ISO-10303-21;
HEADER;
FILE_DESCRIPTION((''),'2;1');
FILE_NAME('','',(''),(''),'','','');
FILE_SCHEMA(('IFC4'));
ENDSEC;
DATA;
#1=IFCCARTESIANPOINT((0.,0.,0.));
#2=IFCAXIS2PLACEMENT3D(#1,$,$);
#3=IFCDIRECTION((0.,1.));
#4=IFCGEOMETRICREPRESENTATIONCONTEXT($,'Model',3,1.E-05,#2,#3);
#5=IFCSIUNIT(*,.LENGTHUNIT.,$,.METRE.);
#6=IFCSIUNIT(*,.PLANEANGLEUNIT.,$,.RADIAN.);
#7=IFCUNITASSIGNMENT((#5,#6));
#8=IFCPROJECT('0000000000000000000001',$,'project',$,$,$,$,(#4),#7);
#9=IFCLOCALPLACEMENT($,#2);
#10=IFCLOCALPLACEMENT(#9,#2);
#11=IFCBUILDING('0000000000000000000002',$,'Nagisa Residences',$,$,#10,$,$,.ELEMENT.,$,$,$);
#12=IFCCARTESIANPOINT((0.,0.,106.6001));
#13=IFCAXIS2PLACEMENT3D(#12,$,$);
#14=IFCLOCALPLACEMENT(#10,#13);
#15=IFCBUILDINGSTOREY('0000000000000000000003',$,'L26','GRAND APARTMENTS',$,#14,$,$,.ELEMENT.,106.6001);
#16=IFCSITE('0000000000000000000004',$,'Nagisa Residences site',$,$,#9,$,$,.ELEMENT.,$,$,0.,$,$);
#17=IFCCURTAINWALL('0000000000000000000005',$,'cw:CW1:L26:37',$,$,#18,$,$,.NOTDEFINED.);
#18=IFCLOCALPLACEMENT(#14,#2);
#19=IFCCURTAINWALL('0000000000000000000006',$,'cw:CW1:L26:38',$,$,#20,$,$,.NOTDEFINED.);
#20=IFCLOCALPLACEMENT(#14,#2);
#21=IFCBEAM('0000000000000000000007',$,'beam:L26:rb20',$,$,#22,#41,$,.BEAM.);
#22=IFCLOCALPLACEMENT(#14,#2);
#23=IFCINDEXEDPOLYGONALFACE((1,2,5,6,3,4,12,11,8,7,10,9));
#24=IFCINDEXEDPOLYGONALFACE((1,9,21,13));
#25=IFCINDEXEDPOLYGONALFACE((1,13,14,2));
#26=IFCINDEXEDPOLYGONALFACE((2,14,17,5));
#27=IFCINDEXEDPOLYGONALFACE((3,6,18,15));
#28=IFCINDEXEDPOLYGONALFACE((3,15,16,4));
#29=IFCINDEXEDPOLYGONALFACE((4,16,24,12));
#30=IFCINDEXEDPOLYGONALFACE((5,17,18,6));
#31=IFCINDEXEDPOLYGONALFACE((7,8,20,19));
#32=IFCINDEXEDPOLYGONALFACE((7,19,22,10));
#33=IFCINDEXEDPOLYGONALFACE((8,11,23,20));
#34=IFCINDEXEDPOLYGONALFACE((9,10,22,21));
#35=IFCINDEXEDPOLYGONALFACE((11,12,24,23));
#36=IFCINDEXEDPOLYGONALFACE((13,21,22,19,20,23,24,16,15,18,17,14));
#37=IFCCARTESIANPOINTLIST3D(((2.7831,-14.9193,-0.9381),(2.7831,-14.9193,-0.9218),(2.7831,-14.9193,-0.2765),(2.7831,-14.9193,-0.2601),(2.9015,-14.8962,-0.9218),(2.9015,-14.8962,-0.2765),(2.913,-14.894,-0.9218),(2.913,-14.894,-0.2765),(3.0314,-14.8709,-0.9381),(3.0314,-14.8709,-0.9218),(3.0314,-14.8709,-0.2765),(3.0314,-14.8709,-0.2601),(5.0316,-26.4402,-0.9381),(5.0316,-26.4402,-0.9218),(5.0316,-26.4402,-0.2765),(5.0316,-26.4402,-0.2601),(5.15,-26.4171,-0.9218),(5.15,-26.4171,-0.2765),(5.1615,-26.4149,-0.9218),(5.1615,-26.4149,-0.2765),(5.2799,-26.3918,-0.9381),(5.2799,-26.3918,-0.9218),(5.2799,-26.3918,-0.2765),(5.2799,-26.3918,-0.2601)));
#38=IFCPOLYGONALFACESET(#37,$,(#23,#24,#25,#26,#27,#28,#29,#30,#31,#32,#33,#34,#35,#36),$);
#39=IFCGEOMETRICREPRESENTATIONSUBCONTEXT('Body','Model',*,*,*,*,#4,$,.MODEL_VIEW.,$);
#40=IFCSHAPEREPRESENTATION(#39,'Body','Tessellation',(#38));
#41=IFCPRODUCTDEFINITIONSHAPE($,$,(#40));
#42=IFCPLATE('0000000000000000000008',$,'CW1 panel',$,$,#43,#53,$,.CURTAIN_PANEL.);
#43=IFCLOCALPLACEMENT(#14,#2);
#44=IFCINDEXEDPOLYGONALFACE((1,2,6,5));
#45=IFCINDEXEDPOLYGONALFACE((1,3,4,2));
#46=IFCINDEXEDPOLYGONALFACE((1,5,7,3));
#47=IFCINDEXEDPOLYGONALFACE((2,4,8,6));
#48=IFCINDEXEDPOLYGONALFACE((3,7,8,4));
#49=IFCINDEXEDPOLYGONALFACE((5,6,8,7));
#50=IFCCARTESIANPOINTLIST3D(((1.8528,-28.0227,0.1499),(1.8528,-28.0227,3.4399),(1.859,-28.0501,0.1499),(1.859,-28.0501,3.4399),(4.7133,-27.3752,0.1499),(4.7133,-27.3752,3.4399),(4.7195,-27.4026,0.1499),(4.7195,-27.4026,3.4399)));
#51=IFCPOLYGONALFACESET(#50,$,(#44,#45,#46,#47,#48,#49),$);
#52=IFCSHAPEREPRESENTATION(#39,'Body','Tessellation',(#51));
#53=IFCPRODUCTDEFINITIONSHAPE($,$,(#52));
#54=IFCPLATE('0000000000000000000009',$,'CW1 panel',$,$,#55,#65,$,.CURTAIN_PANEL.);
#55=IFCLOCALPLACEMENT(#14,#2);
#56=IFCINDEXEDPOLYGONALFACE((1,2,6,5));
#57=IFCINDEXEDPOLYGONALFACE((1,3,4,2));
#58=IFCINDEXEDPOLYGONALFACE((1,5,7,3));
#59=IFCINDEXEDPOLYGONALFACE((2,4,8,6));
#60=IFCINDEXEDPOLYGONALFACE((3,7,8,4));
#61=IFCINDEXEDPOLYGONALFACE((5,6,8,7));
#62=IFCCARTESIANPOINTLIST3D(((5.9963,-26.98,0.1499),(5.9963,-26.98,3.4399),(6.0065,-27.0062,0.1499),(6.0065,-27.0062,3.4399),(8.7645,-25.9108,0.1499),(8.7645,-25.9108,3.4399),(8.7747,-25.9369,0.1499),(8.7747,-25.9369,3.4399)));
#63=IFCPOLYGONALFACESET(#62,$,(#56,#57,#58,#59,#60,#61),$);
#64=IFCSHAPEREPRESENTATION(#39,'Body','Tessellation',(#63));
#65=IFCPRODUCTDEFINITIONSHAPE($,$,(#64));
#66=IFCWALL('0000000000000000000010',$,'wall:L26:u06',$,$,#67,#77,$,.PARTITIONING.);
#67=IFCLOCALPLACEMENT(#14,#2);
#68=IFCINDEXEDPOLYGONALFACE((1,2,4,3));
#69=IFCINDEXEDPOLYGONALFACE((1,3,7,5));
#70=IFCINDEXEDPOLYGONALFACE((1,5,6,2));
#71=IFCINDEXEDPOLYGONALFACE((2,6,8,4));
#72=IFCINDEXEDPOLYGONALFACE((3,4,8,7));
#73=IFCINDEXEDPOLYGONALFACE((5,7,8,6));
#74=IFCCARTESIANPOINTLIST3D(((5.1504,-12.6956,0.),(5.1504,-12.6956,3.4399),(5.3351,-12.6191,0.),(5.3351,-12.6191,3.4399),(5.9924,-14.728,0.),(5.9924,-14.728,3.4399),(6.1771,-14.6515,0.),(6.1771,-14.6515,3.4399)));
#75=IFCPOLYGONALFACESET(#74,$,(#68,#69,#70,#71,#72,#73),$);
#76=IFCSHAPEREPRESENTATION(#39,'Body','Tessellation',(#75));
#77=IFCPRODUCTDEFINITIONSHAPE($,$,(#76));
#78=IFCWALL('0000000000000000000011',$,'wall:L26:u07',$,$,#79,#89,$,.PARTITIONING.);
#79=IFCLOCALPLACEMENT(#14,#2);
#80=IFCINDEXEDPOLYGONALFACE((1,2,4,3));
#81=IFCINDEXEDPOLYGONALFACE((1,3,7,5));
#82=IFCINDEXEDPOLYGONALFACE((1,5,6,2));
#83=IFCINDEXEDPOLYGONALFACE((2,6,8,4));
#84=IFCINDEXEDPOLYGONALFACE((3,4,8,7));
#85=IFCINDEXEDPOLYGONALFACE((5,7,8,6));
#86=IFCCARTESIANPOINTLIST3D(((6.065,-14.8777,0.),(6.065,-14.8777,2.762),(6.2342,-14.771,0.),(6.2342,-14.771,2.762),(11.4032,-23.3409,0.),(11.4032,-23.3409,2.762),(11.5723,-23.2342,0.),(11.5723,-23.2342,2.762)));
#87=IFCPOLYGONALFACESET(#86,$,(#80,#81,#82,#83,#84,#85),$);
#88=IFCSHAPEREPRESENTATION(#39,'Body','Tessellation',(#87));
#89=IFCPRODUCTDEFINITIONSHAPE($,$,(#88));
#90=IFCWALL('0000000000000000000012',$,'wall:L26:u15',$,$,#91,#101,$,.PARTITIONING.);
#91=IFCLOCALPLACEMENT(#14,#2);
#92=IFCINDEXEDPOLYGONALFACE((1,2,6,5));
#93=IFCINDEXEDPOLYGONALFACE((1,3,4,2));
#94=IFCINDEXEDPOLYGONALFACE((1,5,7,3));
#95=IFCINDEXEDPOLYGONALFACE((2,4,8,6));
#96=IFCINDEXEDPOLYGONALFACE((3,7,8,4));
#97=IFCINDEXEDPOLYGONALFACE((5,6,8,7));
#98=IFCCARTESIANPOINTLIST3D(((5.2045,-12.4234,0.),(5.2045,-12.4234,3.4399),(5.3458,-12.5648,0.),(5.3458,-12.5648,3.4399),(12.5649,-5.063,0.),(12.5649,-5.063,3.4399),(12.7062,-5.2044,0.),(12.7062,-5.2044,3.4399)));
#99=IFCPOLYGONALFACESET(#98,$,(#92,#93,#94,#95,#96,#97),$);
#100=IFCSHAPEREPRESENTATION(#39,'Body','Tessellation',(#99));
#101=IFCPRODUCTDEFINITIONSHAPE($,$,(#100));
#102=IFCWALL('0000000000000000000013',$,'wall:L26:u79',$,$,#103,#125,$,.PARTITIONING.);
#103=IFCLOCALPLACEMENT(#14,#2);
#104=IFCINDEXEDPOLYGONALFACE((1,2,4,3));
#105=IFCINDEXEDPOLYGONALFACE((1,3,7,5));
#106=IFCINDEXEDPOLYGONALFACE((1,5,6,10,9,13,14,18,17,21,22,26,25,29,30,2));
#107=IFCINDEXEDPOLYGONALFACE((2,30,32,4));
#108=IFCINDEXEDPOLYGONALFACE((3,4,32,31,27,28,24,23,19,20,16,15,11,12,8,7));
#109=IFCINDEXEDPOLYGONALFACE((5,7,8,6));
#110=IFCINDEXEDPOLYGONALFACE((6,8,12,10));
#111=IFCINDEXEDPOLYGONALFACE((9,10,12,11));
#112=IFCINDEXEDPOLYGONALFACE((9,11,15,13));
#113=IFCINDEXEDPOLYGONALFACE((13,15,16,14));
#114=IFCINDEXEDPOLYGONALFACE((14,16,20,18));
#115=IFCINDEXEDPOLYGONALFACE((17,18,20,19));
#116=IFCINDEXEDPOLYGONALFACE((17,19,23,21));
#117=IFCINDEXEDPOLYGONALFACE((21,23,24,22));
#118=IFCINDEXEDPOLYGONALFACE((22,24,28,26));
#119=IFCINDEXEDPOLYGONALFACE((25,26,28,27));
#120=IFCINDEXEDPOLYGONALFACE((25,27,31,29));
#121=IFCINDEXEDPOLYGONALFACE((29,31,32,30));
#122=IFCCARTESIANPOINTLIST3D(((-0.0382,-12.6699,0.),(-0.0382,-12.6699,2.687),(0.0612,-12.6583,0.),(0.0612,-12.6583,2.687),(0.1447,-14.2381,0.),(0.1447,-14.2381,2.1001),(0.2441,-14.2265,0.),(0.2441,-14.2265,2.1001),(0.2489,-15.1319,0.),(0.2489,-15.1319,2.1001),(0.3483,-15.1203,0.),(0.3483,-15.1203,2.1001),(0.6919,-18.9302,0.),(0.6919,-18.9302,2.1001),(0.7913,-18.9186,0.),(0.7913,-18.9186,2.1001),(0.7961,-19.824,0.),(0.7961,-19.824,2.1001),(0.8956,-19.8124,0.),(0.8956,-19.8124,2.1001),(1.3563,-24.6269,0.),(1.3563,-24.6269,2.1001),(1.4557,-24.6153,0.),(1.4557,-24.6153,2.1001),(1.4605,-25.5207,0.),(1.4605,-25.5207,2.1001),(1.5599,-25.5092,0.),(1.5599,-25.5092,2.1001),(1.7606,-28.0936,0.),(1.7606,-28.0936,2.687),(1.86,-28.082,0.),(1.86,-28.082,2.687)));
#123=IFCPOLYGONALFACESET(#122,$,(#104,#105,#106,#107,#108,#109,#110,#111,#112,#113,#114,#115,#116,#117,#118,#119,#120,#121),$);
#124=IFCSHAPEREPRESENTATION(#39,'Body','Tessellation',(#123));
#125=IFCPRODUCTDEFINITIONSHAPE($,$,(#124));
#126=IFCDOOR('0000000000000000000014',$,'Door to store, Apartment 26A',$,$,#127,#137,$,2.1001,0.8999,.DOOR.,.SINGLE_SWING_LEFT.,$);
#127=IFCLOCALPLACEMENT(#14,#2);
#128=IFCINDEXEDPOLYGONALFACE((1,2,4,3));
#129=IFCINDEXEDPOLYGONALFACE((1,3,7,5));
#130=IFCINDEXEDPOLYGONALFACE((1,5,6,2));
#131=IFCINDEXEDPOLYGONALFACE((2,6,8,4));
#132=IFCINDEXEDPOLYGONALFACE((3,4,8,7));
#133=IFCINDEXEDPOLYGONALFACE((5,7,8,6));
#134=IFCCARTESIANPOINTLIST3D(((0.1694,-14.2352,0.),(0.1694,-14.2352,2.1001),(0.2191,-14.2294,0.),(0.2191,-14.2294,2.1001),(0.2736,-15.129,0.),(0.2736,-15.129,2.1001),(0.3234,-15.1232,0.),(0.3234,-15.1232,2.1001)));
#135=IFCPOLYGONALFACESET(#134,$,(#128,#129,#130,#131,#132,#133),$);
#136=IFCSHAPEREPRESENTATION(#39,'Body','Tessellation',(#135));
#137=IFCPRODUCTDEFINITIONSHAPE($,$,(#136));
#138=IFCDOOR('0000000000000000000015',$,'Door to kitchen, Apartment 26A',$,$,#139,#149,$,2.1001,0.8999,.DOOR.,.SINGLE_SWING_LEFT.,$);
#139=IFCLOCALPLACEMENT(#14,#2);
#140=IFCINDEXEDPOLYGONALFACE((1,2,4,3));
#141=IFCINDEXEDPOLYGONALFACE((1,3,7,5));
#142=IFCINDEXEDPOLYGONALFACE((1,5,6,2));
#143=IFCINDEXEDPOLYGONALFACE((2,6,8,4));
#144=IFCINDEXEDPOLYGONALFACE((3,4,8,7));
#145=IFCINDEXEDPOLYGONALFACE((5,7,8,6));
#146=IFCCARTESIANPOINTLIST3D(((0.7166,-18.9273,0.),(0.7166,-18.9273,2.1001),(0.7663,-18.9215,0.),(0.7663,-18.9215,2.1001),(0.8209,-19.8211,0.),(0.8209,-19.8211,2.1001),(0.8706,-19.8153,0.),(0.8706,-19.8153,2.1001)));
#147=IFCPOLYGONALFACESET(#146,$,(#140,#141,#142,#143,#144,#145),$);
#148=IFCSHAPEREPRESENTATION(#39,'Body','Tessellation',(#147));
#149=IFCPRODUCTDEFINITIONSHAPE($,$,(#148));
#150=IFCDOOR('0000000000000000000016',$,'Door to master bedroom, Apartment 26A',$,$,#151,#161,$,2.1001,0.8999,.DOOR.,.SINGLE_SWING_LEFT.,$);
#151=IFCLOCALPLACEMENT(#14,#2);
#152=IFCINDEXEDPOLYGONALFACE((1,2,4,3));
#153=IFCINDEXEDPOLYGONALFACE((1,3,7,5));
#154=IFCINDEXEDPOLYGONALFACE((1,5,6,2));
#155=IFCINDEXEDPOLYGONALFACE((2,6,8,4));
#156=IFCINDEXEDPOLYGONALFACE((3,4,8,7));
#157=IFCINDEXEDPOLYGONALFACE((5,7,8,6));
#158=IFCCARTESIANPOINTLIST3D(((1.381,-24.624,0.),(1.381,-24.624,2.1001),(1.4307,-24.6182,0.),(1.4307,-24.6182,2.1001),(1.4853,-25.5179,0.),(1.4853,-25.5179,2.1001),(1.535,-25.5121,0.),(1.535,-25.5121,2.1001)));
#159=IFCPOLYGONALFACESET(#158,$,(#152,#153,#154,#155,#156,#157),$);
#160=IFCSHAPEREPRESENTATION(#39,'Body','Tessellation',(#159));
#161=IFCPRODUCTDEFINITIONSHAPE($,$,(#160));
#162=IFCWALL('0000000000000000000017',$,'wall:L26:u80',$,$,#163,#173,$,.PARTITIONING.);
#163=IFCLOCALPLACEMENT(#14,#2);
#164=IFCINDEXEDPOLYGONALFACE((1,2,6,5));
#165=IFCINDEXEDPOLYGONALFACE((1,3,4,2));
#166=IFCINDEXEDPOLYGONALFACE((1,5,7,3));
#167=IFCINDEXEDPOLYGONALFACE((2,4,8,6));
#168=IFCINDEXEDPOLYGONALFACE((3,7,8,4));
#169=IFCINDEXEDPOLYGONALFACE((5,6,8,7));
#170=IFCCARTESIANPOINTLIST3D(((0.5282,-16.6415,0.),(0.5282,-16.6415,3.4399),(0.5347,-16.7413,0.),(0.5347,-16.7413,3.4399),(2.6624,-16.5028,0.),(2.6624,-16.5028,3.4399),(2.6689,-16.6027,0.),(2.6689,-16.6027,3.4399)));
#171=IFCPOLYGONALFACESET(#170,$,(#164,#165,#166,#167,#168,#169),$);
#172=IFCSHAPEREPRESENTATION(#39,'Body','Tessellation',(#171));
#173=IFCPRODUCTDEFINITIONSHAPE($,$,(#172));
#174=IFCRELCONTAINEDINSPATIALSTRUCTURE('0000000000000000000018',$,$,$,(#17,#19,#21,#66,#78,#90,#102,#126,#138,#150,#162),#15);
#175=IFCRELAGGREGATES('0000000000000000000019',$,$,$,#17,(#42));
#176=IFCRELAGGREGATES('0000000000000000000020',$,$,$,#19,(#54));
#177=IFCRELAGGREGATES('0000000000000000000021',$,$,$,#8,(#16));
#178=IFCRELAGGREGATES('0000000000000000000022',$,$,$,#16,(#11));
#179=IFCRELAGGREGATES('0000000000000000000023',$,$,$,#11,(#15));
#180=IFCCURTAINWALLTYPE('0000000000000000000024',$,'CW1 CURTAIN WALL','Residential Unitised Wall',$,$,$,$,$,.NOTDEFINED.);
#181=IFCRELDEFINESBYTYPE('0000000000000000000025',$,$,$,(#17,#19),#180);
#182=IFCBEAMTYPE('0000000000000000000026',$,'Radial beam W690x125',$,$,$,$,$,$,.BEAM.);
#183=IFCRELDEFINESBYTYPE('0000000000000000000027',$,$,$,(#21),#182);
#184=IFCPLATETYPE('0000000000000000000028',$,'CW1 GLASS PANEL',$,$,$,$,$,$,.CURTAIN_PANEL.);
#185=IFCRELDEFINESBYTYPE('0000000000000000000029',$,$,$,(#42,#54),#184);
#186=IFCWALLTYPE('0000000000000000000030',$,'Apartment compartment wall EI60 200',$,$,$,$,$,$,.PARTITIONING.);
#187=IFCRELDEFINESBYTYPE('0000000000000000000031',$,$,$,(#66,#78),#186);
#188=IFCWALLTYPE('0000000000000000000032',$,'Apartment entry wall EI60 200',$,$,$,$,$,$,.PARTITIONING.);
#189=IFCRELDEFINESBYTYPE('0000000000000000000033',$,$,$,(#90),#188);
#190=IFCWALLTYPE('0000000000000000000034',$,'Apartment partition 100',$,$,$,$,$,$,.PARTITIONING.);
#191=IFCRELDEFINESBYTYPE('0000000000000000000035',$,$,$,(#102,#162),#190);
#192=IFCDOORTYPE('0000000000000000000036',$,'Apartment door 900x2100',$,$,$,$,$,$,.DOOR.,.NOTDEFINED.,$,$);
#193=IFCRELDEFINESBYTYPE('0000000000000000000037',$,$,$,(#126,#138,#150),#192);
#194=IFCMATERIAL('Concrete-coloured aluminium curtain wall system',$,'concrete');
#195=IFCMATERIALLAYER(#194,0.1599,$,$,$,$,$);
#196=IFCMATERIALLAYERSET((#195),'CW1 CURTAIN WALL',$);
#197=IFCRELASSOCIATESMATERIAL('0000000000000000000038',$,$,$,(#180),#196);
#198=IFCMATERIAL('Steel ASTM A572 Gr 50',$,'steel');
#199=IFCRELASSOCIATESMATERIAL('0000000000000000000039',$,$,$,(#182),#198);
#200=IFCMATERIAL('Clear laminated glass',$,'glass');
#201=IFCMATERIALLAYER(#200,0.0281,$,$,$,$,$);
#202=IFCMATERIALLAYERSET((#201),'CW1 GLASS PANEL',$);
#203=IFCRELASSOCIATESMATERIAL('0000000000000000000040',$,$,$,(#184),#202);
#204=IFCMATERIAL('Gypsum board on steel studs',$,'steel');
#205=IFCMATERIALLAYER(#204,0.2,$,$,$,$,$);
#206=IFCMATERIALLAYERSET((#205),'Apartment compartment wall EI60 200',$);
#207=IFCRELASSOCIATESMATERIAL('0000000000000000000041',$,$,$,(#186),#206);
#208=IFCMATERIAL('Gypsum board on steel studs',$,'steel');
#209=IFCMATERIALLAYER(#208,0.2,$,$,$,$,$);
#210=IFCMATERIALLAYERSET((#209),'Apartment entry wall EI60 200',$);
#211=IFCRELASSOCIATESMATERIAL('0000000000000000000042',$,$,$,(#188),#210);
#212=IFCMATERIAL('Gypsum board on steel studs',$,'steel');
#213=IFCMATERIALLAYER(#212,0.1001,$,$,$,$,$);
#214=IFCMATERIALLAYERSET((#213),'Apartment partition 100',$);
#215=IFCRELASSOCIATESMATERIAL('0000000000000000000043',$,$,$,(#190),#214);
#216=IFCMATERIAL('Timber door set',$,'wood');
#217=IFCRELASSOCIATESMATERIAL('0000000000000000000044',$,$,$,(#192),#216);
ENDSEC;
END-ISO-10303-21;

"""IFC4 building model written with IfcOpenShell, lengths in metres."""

from ifc_helpers import new_model, si_unit, direction, frame, frame_2d, origin, origin_2d, place, context, subcontext, project, spatial, rectangle, i_section, extrude, material, layer, layer_set, material_profile, profile_set, type_object, element, fill, aggregate, save


model = new_model("IFC4")

# Units and contexts
model_context = context("Model", 3, precision=1e-05, world=origin(), true_north=direction((0.0, 1.0)))
body_context = subcontext(model_context, "Body", "Model", "MODEL_VIEW")
ifc_project = project(units=[si_unit("LENGTHUNIT", "METRE"), si_unit("PLANEANGLEUNIT", "RADIAN")], contexts=[model_context])

# Site, building, storey
site_placement = place(None, origin())
site = spatial("IfcSite", under=ifc_project, at=site_placement, Name="Nagisa Residences site", CompositionType="ELEMENT", RefElevation=0.0)
building_placement = place(site_placement, origin())
building = spatial("IfcBuilding", under=site, at=building_placement, Name="Nagisa Residences", CompositionType="ELEMENT")
storey_placement = place(building_placement, frame((0.0, 0.0, 106.6001)))
storey = spatial("IfcBuildingStorey", under=building, at=storey_placement, Name="L26", Description="GRAND APARTMENTS", CompositionType="ELEMENT", Elevation=106.6001)

# Curtain walls
ifc_material_1 = material(Name="Concrete-coloured aluminium curtain wall system", Category="concrete")
ifc_layer_1 = layer(ifc_material_1, 0.1599)
ifc_layer_set_1 = layer_set([ifc_layer_1], Name="CW1 CURTAIN WALL")
curtain_wall_type = type_object("IfcCurtainWallType", Name="CW1 CURTAIN WALL", Description="Residential Unitised Wall", PredefinedType="NOTDEFINED", material=ifc_layer_set_1)
curtain_wall_1_placement = place(storey_placement, origin())
curtain_wall_1 = element("IfcCurtainWall", 1, at=curtain_wall_1_placement, inside=storey, type_object=curtain_wall_type, Name="cw:CW1:L26:37", PredefinedType="NOTDEFINED")
curtain_wall_2_placement = place(storey_placement, origin())
curtain_wall_2 = element("IfcCurtainWall", 2, at=curtain_wall_2_placement, inside=storey, type_object=curtain_wall_type, Name="cw:CW1:L26:38", PredefinedType="NOTDEFINED")

# Beam
ifc_material_2 = material(Name="Steel ASTM A572 Gr 50", Category="steel")
ifc_material_profile_1 = material_profile(ifc_material_2, i_section(OverallWidth=0.2529, OverallDepth=0.678, WebThickness=0.0117, FlangeThickness=0.0164, at=origin_2d()), Name="W690x125")
ifc_profile_set_1 = profile_set([ifc_material_profile_1], Name="Steel ASTM A572 Gr 50")
beam_type_1 = type_object("IfcBeamType", Name="Radial beam W690x125", PredefinedType="BEAM", material=ifc_profile_set_1)
beam_1_placement = place(storey_placement, frame((5.1558, -26.416, -0.5991), z_axis=(-0.191554, 0.981482, 0.0), x_axis=(-0.981482, -0.191554, 0.0)))
element("IfcBeam", 3, at=beam_1_placement, inside=storey, type_object=beam_type_1, Name="beam:L26:rb20", PredefinedType="BEAM", context=body_context, shape_type="SweptSolid", body=[
    extrude(i_section(OverallWidth=0.2529, OverallDepth=0.678, WebThickness=0.0117, FlangeThickness=0.0164, at=origin_2d()), origin(), (0.0, 0.0, 1.0), 11.7383),
])

# Plates
ifc_material_3 = material(Name="Clear laminated glass", Category="glass")
ifc_layer_2 = layer(ifc_material_3, 0.0281)
ifc_layer_set_2 = layer_set([ifc_layer_2], Name="CW1 GLASS PANEL")
plate_type = type_object("IfcPlateType", Name="CW1 GLASS PANEL", PredefinedType="CURTAIN_PANEL", material=ifc_layer_set_2)
plate_1_placement = place(storey_placement, frame((3.2861, -27.7126, 0.1499), z_axis=(0.0, 0.0, 1.0), x_axis=(0.975327, 0.220764, 0.0)))
plate_1 = element("IfcPlate", 4, at=plate_1_placement, type_object=plate_type, Name="CW1 panel", PredefinedType="CURTAIN_PANEL", context=body_context, shape_type="SweptSolid", body=[
    extrude(rectangle(XDim=2.9329, YDim=0.0281, at=origin_2d()), origin(), (0.0, 0.0, 1.0), 3.29),
])
aggregate(curtain_wall_1, [plate_1])
plate_2_placement = place(storey_placement, frame((7.3855, -26.4585, 0.1499), z_axis=(0.0, 0.0, 1.0), x_axis=(0.932826, 0.360328, 0.0)))
plate_2 = element("IfcPlate", 5, at=plate_2_placement, type_object=plate_type, Name="CW1 panel", PredefinedType="CURTAIN_PANEL", context=body_context, shape_type="SweptSolid", body=[
    extrude(rectangle(XDim=2.9675, YDim=0.0281, at=origin_2d()), origin(), (0.0, 0.0, 1.0), 3.29),
])
aggregate(curtain_wall_2, [plate_2])

# Walls
ifc_material_4 = material(Name="Gypsum board on steel studs", Category="steel")
ifc_layer_3 = layer(ifc_material_4, 0.2)
ifc_layer_set_3 = layer_set([ifc_layer_3], Name="Apartment compartment wall EI60 200")
wall_type_1 = type_object("IfcWallType", Name="Apartment compartment wall EI60 200", PredefinedType="PARTITIONING", material=ifc_layer_set_3)
wall_1_placement = place(storey_placement, frame((5.2427, -12.6572, 0.0), z_axis=(0.0, 0.0, 1.0), x_axis=(0.382747, -0.923853, 0.0)))
element("IfcWall", 6, at=wall_1_placement, inside=storey, type_object=wall_type_1, Name="wall:L26:u06", PredefinedType="PARTITIONING", context=body_context, shape_type="SweptSolid", body=[
    extrude(rectangle(XDim=2.2, YDim=0.2, at=frame_2d((1.1001, 0.0))), origin(), (0.0, 0.0, 1.0), 3.4399),
])
wall_2_placement = place(storey_placement, frame((6.1497, -14.8245, 0.0), z_axis=(0.0, 0.0, 1.0), x_axis=(0.533493, -0.845805, 0.0)))
element("IfcWall", 7, at=wall_2_placement, inside=storey, type_object=wall_type_1, Name="wall:L26:u07", PredefinedType="PARTITIONING", context=body_context, shape_type="SweptSolid", body=[
    extrude(rectangle(XDim=10.0061, YDim=0.2, at=frame_2d((5.0029, 0.0))), origin(), (0.0, 0.0, 1.0), 2.762),
])
ifc_material_5 = material(Name="Gypsum board on steel studs", Category="steel")
ifc_layer_4 = layer(ifc_material_5, 0.2)
ifc_layer_set_4 = layer_set([ifc_layer_4], Name="Apartment entry wall EI60 200")
wall_type_2 = type_object("IfcWallType", Name="Apartment entry wall EI60 200", PredefinedType="PARTITIONING", material=ifc_layer_set_4)
wall_3_placement = place(storey_placement, frame((5.2751, -12.4941, 0.0), z_axis=(0.0, 0.0, 1.0), x_axis=(0.707107, 0.707107, 0.0)))
element("IfcWall", 8, at=wall_3_placement, inside=storey, type_object=wall_type_2, Name="wall:L26:u15", PredefinedType="PARTITIONING", context=body_context, shape_type="SweptSolid", body=[
    extrude(rectangle(XDim=10.4092, YDim=0.2, at=frame_2d((5.2046, 0.0))), origin(), (0.0, 0.0, 1.0), 3.4399),
])

# Wall, openings, doors
ifc_material_6 = material(Name="Gypsum board on steel studs", Category="steel")
ifc_layer_5 = layer(ifc_material_6, 0.1001)
ifc_layer_set_5 = layer_set([ifc_layer_5], Name="Apartment partition 100")
wall_type_3 = type_object("IfcWallType", Name="Apartment partition 100", PredefinedType="PARTITIONING", material=ifc_layer_set_5)
wall_4_placement = place(storey_placement, frame((0.0115, -12.6641, 0.0), z_axis=(0.0, 0.0, 1.0), x_axis=(0.115841, -0.993268, 0.0)))
wall_4 = element("IfcWall", 9, at=wall_4_placement, inside=storey, type_object=wall_type_3, Name="wall:L26:u79", PredefinedType="PARTITIONING", context=body_context, shape_type="SweptSolid", body=[
    extrude(rectangle(XDim=15.5283, YDim=0.1001, at=frame_2d((7.7642, 0.0))), origin(), (0.0, 0.0, 1.0), 2.687),
])
opening_1_placement = place(wall_4_placement, frame((1.5789, 0.0, 0.0)))
opening_1 = element("IfcOpeningElement", 10, at=opening_1_placement, cuts=wall_4, PredefinedType="OPENING", context=body_context, shape_type="SweptSolid", body=[
    extrude(rectangle(XDim=0.8999, YDim=2.1001, at=frame_2d((0.45, 1.05))), frame((0.0, 0.0601, 0.0), z_axis=(0.0, -1.0, 0.0), x_axis=(1.0, 0.0, 0.0)), (0.0, 0.0, 1.0), 0.1201),
])
opening_2_placement = place(wall_4_placement, frame((6.3027, 0.0, 0.0)))
opening_2 = element("IfcOpeningElement", 11, at=opening_2_placement, cuts=wall_4, PredefinedType="OPENING", context=body_context, shape_type="SweptSolid", body=[
    extrude(rectangle(XDim=0.8999, YDim=2.1001, at=frame_2d((0.45, 1.05))), frame((0.0, 0.0601, 0.0), z_axis=(0.0, -1.0, 0.0), x_axis=(1.0, 0.0, 0.0)), (0.0, 0.0, 1.0), 0.1201),
])
opening_3_placement = place(wall_4_placement, frame((12.0381, 0.0, 0.0)))
opening_3 = element("IfcOpeningElement", 12, at=opening_3_placement, cuts=wall_4, PredefinedType="OPENING", context=body_context, shape_type="SweptSolid", body=[
    extrude(rectangle(XDim=0.8999, YDim=2.1001, at=frame_2d((0.45, 1.05))), frame((0.0, 0.0601, 0.0), z_axis=(0.0, -1.0, 0.0), x_axis=(1.0, 0.0, 0.0)), (0.0, 0.0, 1.0), 0.1201),
])
ifc_material_7 = material(Name="Timber door set", Category="wood")
door_type_1 = type_object("IfcDoorType", Name="Apartment door 900x2100", OperationType="NOTDEFINED", PredefinedType="DOOR", material=ifc_material_7)
door_1_placement = place(opening_1_placement, origin())
door_1 = element("IfcDoor", 13, at=door_1_placement, inside=storey, type_object=door_type_1, Name="Door to store, Apartment 26A", OperationType="SINGLE_SWING_LEFT", OverallHeight=2.1001, OverallWidth=0.8999, PredefinedType="DOOR", context=body_context, shape_type="SweptSolid", body=[
    extrude(rectangle(XDim=0.8999, YDim=2.1001, at=frame_2d((0.45, 1.05))), frame((0.0, 0.0249, 0.0), z_axis=(0.0, -1.0, 0.0), x_axis=(1.0, 0.0, 0.0)), (0.0, 0.0, 1.0), 0.05),
])
fill(opening_1, door_1)
door_2_placement = place(opening_2_placement, origin())
door_2 = element("IfcDoor", 14, at=door_2_placement, inside=storey, type_object=door_type_1, Name="Door to kitchen, Apartment 26A", OperationType="SINGLE_SWING_LEFT", OverallHeight=2.1001, OverallWidth=0.8999, PredefinedType="DOOR", context=body_context, shape_type="SweptSolid", body=[
    extrude(rectangle(XDim=0.8999, YDim=2.1001, at=frame_2d((0.45, 1.05))), frame((0.0, 0.0249, 0.0), z_axis=(0.0, -1.0, 0.0), x_axis=(1.0, 0.0, 0.0)), (0.0, 0.0, 1.0), 0.05),
])
fill(opening_2, door_2)
door_3_placement = place(opening_3_placement, origin())
door_3 = element("IfcDoor", 15, at=door_3_placement, inside=storey, type_object=door_type_1, Name="Door to master bedroom, Apartment 26A", OperationType="SINGLE_SWING_LEFT", OverallHeight=2.1001, OverallWidth=0.8999, PredefinedType="DOOR", context=body_context, shape_type="SweptSolid", body=[
    extrude(rectangle(XDim=0.8999, YDim=2.1001, at=frame_2d((0.45, 1.05))), frame((0.0, 0.0249, 0.0), z_axis=(0.0, -1.0, 0.0), x_axis=(1.0, 0.0, 0.0)), (0.0, 0.0, 1.0), 0.05),
])
fill(opening_3, door_3)

# Wall
wall_5_placement = place(storey_placement, frame((0.5315, -16.6914, 0.0), z_axis=(0.0, 0.0, 1.0), x_axis=(0.997896, 0.064837, 0.0)))
element("IfcWall", 16, at=wall_5_placement, inside=storey, type_object=wall_type_3, Name="wall:L26:u80", PredefinedType="PARTITIONING", context=body_context, shape_type="SweptSolid", body=[
    extrude(rectangle(XDim=2.1387, YDim=0.1001, at=frame_2d((1.0693, 0.0))), origin(), (0.0, 0.0, 1.0), 3.4399),
])

save(model, "model.ifc")
